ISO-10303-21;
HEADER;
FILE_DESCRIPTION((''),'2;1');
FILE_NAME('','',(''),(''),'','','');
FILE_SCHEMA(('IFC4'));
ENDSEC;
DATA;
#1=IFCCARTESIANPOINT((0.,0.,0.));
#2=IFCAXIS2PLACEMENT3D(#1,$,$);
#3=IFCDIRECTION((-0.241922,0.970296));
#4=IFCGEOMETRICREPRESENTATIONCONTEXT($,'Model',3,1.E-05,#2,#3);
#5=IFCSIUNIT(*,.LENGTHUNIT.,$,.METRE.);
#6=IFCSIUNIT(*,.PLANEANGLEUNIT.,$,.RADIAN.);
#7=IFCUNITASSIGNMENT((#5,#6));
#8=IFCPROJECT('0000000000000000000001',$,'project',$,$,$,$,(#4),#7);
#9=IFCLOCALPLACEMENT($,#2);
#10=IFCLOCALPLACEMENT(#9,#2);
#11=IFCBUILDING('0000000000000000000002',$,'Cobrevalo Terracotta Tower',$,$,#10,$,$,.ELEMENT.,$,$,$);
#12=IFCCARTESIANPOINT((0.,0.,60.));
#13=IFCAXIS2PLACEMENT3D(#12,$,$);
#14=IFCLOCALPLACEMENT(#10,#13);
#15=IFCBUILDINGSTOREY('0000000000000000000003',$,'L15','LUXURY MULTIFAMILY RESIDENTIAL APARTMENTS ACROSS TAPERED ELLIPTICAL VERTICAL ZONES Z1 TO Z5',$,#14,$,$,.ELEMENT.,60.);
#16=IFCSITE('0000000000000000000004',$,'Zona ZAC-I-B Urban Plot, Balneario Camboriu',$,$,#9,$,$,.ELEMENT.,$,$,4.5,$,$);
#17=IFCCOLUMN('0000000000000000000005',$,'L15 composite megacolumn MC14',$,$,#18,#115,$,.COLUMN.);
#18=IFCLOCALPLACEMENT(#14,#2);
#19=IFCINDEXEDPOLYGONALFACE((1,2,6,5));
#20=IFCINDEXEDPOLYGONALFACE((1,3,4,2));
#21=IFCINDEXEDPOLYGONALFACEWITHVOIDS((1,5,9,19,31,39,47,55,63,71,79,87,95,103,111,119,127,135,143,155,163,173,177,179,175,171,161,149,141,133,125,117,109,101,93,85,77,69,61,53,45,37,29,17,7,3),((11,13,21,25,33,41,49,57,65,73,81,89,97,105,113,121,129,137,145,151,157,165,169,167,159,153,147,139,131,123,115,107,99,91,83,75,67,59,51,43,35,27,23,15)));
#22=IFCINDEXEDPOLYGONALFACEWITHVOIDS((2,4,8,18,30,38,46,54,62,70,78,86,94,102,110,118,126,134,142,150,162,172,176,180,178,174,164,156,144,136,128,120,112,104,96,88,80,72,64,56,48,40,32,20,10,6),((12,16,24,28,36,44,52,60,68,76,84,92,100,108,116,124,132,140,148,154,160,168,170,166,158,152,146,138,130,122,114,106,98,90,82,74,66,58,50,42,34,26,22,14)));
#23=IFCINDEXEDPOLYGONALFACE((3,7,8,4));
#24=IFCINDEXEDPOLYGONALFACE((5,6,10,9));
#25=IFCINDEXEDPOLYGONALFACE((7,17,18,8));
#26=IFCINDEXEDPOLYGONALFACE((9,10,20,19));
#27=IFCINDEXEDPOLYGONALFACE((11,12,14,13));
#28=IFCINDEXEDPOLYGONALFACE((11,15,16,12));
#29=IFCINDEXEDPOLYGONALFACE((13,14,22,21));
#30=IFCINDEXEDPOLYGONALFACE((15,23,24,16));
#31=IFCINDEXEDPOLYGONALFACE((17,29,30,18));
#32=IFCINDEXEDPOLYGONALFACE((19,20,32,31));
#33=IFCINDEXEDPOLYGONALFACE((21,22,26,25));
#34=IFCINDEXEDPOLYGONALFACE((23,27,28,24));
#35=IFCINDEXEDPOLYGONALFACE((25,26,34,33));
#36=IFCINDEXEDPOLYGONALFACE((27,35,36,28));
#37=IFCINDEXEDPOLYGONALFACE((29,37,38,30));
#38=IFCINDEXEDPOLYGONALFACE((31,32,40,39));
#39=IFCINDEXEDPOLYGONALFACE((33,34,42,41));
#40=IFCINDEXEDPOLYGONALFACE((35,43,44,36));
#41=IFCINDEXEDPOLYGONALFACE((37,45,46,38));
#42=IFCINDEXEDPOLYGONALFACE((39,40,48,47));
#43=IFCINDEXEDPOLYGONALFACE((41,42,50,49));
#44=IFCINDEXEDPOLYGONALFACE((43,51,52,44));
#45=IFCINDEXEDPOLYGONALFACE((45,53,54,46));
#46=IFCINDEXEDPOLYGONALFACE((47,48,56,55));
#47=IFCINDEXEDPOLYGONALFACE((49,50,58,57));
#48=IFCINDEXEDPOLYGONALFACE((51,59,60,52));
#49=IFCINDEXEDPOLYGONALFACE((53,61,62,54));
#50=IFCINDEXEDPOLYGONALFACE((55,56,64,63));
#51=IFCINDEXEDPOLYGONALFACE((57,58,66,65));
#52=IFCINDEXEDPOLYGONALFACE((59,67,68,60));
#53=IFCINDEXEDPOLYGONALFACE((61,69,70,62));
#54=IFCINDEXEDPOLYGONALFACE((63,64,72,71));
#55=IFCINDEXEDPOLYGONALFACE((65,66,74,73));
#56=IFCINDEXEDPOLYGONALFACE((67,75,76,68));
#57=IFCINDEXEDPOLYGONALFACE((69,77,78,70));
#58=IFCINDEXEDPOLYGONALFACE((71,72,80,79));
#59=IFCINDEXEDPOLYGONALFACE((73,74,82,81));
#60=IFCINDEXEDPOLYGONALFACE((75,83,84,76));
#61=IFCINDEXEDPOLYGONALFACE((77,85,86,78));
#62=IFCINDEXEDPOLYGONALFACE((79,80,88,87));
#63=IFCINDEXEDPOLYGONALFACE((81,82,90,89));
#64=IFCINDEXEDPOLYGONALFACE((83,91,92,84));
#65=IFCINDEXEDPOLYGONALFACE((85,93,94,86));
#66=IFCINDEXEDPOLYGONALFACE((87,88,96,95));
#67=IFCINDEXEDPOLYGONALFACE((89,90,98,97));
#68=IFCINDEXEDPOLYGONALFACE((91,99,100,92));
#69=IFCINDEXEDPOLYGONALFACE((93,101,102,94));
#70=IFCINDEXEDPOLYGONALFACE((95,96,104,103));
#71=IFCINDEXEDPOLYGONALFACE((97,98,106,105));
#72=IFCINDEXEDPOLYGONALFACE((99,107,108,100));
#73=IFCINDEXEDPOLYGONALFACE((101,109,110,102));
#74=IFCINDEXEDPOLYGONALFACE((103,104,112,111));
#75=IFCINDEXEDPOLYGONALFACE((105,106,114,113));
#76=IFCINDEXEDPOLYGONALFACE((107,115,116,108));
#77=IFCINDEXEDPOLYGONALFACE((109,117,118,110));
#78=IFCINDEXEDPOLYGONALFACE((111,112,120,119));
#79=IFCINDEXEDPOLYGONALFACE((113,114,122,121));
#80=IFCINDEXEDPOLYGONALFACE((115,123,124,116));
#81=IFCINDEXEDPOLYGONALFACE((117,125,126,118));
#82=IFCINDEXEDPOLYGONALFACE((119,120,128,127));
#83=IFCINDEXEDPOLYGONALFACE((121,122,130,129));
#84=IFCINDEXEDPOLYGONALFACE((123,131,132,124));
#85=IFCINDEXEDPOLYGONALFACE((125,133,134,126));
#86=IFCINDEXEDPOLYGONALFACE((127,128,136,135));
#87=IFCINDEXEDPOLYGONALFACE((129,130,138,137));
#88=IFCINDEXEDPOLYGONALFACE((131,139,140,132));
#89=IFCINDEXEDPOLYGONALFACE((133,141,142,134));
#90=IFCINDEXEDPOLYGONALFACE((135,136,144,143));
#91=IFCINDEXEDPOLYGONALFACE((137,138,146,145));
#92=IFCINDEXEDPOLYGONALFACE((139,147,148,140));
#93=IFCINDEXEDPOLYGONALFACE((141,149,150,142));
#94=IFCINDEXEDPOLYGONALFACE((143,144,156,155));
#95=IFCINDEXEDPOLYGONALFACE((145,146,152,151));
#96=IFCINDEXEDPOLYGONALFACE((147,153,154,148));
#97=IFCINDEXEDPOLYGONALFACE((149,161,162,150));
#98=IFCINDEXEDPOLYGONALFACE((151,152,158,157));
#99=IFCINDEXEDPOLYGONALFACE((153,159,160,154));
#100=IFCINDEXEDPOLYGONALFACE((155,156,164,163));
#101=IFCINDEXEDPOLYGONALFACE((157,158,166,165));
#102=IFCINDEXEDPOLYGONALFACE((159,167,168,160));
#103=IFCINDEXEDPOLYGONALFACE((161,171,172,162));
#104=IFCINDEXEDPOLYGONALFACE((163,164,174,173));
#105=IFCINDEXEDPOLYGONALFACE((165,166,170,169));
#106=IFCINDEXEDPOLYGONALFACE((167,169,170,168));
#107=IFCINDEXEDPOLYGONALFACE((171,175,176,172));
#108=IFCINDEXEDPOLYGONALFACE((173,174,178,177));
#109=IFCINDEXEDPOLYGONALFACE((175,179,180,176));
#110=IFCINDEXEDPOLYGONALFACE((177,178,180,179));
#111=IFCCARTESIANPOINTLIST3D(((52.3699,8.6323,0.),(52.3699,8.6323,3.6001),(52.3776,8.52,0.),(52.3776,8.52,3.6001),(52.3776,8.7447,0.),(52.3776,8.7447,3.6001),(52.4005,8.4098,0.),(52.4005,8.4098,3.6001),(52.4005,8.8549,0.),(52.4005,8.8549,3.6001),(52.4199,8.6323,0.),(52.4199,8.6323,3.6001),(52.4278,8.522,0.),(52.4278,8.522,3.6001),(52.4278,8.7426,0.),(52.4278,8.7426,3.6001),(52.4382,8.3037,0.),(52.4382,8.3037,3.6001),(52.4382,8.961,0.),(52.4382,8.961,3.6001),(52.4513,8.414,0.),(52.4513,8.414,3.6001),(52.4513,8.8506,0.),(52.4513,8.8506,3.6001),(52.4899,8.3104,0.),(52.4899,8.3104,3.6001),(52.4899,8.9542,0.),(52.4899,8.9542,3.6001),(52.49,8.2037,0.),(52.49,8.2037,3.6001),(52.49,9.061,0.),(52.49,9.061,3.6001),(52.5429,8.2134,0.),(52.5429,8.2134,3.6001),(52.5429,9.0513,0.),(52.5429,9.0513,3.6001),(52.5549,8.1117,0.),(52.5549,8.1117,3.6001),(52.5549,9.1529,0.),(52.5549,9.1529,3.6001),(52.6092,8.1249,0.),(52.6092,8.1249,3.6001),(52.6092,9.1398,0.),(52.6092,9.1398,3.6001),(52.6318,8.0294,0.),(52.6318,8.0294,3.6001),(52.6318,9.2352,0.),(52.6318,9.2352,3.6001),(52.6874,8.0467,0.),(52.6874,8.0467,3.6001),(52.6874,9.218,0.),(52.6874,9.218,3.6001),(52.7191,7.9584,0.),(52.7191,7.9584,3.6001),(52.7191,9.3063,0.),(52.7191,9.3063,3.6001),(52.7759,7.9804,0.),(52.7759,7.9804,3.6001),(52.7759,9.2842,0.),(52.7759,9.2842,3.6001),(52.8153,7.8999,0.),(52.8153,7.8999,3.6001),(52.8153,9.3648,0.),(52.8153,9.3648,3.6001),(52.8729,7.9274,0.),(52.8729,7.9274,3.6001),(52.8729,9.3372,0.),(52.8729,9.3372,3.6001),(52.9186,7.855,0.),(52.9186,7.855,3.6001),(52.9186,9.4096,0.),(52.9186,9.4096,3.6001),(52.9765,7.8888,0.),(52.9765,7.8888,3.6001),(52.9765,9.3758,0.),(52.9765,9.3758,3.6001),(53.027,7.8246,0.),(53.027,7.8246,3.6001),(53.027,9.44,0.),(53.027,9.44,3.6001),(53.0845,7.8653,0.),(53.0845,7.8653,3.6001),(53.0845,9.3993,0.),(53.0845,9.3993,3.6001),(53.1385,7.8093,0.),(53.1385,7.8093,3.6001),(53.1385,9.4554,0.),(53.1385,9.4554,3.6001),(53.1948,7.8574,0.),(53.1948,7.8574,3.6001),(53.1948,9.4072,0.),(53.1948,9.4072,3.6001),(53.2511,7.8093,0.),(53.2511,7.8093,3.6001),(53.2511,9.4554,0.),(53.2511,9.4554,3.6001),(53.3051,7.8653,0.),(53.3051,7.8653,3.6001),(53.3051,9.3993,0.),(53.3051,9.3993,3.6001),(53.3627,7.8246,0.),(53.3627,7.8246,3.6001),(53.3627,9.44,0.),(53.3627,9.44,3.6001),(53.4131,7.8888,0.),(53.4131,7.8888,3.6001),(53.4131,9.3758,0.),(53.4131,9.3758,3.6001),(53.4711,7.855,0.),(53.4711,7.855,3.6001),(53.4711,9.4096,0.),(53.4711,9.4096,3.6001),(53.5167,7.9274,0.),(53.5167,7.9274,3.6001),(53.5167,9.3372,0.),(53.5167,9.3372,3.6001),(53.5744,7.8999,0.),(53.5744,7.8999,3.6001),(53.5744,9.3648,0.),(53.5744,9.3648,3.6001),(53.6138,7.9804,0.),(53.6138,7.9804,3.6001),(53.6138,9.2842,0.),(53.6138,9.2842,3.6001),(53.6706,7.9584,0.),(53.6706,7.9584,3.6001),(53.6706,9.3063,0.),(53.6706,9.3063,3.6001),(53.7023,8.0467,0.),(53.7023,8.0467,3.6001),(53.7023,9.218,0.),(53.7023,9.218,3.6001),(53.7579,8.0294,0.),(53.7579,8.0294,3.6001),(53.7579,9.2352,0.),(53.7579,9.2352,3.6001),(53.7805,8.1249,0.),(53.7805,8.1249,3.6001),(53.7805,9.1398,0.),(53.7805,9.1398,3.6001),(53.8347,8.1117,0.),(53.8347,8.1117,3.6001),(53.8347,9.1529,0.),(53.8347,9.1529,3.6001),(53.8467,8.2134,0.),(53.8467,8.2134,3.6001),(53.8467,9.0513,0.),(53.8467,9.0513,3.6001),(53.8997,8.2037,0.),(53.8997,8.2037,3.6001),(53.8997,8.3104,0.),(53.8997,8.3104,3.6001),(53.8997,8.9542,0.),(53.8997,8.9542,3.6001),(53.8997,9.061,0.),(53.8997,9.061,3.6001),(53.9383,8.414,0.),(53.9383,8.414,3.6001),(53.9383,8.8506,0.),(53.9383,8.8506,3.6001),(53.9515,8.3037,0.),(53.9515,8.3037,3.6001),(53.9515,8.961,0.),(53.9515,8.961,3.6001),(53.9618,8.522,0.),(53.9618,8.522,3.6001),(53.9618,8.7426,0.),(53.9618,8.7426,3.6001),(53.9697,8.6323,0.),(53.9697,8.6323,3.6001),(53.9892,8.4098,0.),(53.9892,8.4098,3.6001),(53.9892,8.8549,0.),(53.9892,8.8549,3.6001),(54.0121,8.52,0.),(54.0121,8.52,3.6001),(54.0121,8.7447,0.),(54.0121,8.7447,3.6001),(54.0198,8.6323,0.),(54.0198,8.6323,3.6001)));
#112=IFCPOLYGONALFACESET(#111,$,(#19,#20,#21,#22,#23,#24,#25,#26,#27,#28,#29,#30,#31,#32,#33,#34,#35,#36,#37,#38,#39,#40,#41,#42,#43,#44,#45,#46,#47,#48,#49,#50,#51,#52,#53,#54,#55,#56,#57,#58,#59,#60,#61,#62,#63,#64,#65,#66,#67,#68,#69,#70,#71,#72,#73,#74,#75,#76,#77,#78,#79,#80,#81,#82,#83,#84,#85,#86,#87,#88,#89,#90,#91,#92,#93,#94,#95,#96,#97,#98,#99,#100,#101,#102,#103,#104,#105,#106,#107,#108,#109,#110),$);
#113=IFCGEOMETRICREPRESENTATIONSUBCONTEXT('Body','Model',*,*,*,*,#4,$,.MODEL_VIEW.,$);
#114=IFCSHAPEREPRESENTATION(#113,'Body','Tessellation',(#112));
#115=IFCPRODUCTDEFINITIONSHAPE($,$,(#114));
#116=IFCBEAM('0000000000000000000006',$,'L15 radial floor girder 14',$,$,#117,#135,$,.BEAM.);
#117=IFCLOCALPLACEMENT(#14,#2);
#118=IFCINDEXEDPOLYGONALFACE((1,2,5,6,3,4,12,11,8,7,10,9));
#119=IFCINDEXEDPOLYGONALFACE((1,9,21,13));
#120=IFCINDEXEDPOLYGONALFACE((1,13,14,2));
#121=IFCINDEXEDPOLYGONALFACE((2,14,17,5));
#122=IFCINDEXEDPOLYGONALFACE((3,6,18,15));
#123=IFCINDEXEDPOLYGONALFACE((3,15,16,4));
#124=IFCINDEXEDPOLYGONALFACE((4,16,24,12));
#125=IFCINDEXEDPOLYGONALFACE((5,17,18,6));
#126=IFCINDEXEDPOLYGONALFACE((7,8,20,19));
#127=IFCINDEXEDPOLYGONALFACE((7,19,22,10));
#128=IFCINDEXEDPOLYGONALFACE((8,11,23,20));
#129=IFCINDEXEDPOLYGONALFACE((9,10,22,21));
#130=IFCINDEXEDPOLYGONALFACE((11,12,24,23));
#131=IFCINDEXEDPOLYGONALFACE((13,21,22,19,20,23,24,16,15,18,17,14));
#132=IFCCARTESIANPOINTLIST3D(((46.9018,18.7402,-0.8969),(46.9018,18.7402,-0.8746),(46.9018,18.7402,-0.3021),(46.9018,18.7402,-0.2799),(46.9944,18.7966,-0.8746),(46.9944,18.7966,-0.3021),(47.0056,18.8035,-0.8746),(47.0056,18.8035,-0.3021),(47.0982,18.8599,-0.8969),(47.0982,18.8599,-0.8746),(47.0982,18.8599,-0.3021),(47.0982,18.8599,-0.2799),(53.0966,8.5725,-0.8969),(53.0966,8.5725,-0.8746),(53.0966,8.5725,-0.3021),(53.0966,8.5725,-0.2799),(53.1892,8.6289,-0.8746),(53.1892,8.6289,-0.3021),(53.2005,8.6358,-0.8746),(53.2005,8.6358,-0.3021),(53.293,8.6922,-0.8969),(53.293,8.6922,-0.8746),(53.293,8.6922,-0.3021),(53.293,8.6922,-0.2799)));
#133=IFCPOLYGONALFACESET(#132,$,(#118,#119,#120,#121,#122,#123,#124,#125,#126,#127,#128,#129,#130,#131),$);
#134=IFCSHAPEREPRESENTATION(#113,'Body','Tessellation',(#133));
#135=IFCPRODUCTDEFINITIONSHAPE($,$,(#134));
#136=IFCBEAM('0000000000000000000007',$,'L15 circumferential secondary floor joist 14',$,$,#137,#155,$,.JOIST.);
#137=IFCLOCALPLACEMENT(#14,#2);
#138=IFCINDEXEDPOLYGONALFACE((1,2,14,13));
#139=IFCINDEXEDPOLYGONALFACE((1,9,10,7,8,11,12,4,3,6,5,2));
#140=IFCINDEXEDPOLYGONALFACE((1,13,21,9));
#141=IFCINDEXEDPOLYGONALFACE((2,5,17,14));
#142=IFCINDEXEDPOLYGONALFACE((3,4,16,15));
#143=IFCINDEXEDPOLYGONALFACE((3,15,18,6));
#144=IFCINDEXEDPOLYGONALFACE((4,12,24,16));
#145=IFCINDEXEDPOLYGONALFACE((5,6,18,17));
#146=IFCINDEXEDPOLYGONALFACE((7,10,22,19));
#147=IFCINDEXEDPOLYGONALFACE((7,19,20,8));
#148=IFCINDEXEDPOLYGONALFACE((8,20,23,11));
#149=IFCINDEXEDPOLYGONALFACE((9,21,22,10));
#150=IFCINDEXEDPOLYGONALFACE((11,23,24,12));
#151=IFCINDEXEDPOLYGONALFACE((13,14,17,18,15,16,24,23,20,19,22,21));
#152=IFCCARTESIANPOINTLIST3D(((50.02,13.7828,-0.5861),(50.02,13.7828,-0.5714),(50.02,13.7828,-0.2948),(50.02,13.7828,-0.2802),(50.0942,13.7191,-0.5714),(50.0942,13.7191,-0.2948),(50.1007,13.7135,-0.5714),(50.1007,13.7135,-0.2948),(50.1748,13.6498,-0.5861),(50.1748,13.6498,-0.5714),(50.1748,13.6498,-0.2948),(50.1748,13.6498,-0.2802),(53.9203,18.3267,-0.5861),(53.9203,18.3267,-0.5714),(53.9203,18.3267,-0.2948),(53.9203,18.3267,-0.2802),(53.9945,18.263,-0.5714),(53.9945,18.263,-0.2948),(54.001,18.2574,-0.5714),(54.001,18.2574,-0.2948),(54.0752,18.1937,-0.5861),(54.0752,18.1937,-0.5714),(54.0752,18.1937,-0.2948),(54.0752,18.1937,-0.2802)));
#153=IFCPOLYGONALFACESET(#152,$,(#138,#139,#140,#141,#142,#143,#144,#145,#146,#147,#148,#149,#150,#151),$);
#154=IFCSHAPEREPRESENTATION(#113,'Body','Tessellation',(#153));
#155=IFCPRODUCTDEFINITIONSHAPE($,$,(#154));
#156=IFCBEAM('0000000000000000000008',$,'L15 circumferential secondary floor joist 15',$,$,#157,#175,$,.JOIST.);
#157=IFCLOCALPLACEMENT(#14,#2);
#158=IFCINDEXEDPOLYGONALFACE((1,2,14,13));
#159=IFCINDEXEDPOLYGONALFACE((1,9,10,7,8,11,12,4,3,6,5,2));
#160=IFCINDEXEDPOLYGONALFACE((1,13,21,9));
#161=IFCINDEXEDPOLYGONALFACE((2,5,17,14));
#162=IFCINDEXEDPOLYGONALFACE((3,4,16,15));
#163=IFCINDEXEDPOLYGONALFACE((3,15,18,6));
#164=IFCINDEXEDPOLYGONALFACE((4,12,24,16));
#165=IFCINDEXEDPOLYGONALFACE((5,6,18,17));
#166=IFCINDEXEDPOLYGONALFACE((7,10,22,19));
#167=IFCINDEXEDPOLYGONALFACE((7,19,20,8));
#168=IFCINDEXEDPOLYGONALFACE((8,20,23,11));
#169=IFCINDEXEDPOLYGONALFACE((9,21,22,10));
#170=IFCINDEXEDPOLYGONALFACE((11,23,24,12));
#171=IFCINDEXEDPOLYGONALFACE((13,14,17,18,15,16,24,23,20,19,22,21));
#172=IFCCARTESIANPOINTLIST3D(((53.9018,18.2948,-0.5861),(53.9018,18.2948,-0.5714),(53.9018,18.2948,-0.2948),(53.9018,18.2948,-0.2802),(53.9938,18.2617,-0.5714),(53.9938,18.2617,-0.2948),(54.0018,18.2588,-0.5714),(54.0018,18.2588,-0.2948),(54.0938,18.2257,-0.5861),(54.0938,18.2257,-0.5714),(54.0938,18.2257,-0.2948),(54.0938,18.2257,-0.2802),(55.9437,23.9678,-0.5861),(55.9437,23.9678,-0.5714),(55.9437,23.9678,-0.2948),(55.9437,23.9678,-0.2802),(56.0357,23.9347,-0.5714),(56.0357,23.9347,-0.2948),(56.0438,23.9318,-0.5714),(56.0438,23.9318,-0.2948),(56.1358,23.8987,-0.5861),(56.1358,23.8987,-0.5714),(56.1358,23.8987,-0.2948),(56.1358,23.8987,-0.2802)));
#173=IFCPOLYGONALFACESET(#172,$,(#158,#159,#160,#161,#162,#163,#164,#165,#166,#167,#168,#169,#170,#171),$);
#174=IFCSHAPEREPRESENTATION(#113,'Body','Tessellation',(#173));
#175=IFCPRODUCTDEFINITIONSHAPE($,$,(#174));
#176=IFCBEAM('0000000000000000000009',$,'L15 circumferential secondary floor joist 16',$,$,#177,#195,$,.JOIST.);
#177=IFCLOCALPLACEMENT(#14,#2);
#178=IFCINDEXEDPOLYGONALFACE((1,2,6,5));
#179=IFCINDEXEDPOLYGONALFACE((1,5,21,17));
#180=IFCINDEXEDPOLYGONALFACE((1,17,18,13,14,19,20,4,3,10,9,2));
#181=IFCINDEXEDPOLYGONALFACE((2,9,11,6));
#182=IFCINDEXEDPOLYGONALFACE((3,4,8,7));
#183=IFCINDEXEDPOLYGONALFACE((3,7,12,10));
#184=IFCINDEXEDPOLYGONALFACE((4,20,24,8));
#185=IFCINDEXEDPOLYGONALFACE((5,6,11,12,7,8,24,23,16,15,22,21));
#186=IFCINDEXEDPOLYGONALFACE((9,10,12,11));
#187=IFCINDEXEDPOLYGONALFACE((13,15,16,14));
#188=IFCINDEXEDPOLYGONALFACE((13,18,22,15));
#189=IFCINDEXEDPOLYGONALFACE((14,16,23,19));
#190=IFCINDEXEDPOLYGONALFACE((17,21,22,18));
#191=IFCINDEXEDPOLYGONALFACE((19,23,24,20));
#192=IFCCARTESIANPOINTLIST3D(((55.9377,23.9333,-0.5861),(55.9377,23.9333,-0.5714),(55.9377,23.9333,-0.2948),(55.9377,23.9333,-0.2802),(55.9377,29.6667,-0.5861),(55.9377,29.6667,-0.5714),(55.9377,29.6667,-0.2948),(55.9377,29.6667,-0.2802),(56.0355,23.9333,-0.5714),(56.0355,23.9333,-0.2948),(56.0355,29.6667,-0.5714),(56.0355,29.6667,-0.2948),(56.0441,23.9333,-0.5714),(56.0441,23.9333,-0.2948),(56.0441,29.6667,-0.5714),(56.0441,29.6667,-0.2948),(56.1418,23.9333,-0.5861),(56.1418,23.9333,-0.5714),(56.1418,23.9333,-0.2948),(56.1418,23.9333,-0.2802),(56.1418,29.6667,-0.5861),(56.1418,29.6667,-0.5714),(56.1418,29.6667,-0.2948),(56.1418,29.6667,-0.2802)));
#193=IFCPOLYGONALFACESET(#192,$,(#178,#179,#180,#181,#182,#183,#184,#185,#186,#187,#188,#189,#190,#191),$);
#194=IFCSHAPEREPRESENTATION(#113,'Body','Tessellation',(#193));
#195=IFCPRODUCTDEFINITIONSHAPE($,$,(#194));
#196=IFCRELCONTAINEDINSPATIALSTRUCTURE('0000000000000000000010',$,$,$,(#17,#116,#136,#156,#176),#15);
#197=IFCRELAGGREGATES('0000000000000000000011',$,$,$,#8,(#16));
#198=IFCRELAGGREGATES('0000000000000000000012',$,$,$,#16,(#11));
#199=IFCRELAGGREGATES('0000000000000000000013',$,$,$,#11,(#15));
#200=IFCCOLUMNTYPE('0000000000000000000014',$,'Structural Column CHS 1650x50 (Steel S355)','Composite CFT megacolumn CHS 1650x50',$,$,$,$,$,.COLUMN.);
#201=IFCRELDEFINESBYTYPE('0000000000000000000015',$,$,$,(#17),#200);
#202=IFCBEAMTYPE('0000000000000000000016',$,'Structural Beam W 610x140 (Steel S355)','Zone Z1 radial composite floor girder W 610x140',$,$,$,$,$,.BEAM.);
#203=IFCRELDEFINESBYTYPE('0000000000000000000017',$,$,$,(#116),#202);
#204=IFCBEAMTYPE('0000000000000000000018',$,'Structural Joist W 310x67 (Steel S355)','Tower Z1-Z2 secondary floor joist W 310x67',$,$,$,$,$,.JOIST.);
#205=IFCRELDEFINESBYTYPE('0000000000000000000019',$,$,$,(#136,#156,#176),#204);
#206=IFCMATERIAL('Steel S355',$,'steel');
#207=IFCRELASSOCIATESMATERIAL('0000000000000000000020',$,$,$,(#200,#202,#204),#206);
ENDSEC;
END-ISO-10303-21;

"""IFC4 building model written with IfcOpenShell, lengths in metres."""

from ifc_helpers import new_model, si_unit, direction, frame, origin, origin_2d, place, context, subcontext, project, spatial, hollow_circle, i_section, extrude, material, material_profile, profile_set, type_object, element, save


model = new_model("IFC4")

# Units and contexts
model_context = context("Model", 3, precision=1e-05, world=origin(), true_north=direction((-0.241922, 0.970296)))
body_context = subcontext(model_context, "Body", "Model", "MODEL_VIEW")
ifc_project = project(units=[si_unit("LENGTHUNIT", "METRE"), si_unit("PLANEANGLEUNIT", "RADIAN")], contexts=[model_context])

# Site, building, storey
site_placement = place(None, origin())
site = spatial("IfcSite", under=ifc_project, at=site_placement, Name="Zona ZAC-I-B Urban Plot, Balneario Camboriu", CompositionType="ELEMENT", RefElevation=4.5)
building_placement = place(site_placement, origin())
building = spatial("IfcBuilding", under=site, at=building_placement, Name="Cobrevalo Terracotta Tower", CompositionType="ELEMENT")
storey_placement = place(building_placement, frame((0.0, 0.0, 60.0)))
storey = spatial("IfcBuildingStorey", under=building, at=storey_placement, Name="L15", Description="LUXURY MULTIFAMILY RESIDENTIAL APARTMENTS ACROSS TAPERED ELLIPTICAL VERTICAL ZONES Z1 TO Z5", CompositionType="ELEMENT", Elevation=60.0)

# Column
ifc_material_1 = material(Name="Steel S355", Category="steel")
ifc_material_profile_1 = material_profile(ifc_material_1, hollow_circle(Radius=0.825, WallThickness=0.05, at=origin_2d()), Name="CHS 1650x50")
ifc_profile_set_1 = profile_set([ifc_material_profile_1], Name="Steel S355")
column_type = type_object("IfcColumnType", Name="Structural Column CHS 1650x50 (Steel S355)", Description="Composite CFT megacolumn CHS 1650x50", PredefinedType="COLUMN", material=ifc_profile_set_1)
column_placement = place(storey_placement, frame((53.1948, 8.6323, 0.0), z_axis=(0.0, 0.0, 1.0), x_axis=(1.0, 0.0, 0.0)))
element("IfcColumn", 1, at=column_placement, inside=storey, type_object=column_type, Name="L15 composite megacolumn MC14", PredefinedType="COLUMN", context=body_context, shape_type="SweptSolid", body=[
    extrude(hollow_circle(Radius=0.825, WallThickness=0.05, at=origin_2d()), origin(), (0.0, 0.0, 1.0), 3.6001),
])

# Beams
ifc_material_profile_2 = material_profile(ifc_material_1, i_section(OverallWidth=0.23, OverallDepth=0.6169, WebThickness=0.0132, FlangeThickness=0.0222, at=origin_2d()), Name="W 610x140")
ifc_profile_set_2 = profile_set([ifc_material_profile_2], Name="Steel S355")
beam_type_1 = type_object("IfcBeamType", Name="Structural Beam W 610x140 (Steel S355)", Description="Zone Z1 radial composite floor girder W 610x140", PredefinedType="BEAM", material=ifc_profile_set_2)
beam_1_placement = place(storey_placement, frame((53.1948, 8.6323, -0.5884), z_axis=(-0.520301, 0.853983, 0.0), x_axis=(-0.853983, -0.520301, 0.0)))
element("IfcBeam", 2, at=beam_1_placement, inside=storey, type_object=beam_type_1, Name="L15 radial floor girder 14", PredefinedType="BEAM", context=body_context, shape_type="SweptSolid", body=[
    extrude(i_section(OverallWidth=0.23, OverallDepth=0.6169, WebThickness=0.0132, FlangeThickness=0.0222, at=origin_2d()), origin(), (0.0, 0.0, 1.0), 11.9062),
])
ifc_material_profile_3 = material_profile(ifc_material_1, i_section(OverallWidth=0.2041, OverallDepth=0.3059, WebThickness=0.0085, FlangeThickness=0.0146, at=origin_2d()), Name="W 310x67")
ifc_profile_set_3 = profile_set([ifc_material_profile_3], Name="Steel S355")
beam_type_2 = type_object("IfcBeamType", Name="Structural Joist W 310x67 (Steel S355)", Description="Tower Z1-Z2 secondary floor joist W 310x67", PredefinedType="JOIST", material=ifc_profile_set_3)
beam_2_placement = place(storey_placement, frame((50.0974, 13.7163, -0.4331), z_axis=(0.651328, 0.758796, 0.0), x_axis=(-0.758796, 0.651328, 0.0)))
element("IfcBeam", 3, at=beam_2_placement, inside=storey, type_object=beam_type_2, Name="L15 circumferential secondary floor joist 14", PredefinedType="JOIST", context=body_context, shape_type="SweptSolid", body=[
    extrude(i_section(OverallWidth=0.2041, OverallDepth=0.3059, WebThickness=0.0085, FlangeThickness=0.0146, at=origin_2d()), origin(), (0.0, 0.0, 1.0), 5.9883),
])
beam_3_placement = place(storey_placement, frame((53.9978, 18.2603, -0.4331), z_axis=(0.338672, 0.940904, 0.0), x_axis=(-0.940904, 0.338672, 0.0)))
element("IfcBeam", 4, at=beam_3_placement, inside=storey, type_object=beam_type_2, Name="L15 circumferential secondary floor joist 15", PredefinedType="JOIST", context=body_context, shape_type="SweptSolid", body=[
    extrude(i_section(OverallWidth=0.2041, OverallDepth=0.3059, WebThickness=0.0085, FlangeThickness=0.0146, at=origin_2d()), origin(), (0.0, 0.0, 1.0), 6.0293),
])
beam_4_placement = place(storey_placement, frame((56.0398, 23.9333, -0.4331), z_axis=(0.0, 1.0, 0.0), x_axis=(-1.0, 0.0, 0.0)))
element("IfcBeam", 5, at=beam_4_placement, inside=storey, type_object=beam_type_2, Name="L15 circumferential secondary floor joist 16", PredefinedType="JOIST", context=body_context, shape_type="SweptSolid", body=[
    extrude(i_section(OverallWidth=0.2041, OverallDepth=0.3059, WebThickness=0.0085, FlangeThickness=0.0146, at=origin_2d()), origin(), (0.0, 0.0, 1.0), 5.7334),
])

save(model, "model.ifc")
